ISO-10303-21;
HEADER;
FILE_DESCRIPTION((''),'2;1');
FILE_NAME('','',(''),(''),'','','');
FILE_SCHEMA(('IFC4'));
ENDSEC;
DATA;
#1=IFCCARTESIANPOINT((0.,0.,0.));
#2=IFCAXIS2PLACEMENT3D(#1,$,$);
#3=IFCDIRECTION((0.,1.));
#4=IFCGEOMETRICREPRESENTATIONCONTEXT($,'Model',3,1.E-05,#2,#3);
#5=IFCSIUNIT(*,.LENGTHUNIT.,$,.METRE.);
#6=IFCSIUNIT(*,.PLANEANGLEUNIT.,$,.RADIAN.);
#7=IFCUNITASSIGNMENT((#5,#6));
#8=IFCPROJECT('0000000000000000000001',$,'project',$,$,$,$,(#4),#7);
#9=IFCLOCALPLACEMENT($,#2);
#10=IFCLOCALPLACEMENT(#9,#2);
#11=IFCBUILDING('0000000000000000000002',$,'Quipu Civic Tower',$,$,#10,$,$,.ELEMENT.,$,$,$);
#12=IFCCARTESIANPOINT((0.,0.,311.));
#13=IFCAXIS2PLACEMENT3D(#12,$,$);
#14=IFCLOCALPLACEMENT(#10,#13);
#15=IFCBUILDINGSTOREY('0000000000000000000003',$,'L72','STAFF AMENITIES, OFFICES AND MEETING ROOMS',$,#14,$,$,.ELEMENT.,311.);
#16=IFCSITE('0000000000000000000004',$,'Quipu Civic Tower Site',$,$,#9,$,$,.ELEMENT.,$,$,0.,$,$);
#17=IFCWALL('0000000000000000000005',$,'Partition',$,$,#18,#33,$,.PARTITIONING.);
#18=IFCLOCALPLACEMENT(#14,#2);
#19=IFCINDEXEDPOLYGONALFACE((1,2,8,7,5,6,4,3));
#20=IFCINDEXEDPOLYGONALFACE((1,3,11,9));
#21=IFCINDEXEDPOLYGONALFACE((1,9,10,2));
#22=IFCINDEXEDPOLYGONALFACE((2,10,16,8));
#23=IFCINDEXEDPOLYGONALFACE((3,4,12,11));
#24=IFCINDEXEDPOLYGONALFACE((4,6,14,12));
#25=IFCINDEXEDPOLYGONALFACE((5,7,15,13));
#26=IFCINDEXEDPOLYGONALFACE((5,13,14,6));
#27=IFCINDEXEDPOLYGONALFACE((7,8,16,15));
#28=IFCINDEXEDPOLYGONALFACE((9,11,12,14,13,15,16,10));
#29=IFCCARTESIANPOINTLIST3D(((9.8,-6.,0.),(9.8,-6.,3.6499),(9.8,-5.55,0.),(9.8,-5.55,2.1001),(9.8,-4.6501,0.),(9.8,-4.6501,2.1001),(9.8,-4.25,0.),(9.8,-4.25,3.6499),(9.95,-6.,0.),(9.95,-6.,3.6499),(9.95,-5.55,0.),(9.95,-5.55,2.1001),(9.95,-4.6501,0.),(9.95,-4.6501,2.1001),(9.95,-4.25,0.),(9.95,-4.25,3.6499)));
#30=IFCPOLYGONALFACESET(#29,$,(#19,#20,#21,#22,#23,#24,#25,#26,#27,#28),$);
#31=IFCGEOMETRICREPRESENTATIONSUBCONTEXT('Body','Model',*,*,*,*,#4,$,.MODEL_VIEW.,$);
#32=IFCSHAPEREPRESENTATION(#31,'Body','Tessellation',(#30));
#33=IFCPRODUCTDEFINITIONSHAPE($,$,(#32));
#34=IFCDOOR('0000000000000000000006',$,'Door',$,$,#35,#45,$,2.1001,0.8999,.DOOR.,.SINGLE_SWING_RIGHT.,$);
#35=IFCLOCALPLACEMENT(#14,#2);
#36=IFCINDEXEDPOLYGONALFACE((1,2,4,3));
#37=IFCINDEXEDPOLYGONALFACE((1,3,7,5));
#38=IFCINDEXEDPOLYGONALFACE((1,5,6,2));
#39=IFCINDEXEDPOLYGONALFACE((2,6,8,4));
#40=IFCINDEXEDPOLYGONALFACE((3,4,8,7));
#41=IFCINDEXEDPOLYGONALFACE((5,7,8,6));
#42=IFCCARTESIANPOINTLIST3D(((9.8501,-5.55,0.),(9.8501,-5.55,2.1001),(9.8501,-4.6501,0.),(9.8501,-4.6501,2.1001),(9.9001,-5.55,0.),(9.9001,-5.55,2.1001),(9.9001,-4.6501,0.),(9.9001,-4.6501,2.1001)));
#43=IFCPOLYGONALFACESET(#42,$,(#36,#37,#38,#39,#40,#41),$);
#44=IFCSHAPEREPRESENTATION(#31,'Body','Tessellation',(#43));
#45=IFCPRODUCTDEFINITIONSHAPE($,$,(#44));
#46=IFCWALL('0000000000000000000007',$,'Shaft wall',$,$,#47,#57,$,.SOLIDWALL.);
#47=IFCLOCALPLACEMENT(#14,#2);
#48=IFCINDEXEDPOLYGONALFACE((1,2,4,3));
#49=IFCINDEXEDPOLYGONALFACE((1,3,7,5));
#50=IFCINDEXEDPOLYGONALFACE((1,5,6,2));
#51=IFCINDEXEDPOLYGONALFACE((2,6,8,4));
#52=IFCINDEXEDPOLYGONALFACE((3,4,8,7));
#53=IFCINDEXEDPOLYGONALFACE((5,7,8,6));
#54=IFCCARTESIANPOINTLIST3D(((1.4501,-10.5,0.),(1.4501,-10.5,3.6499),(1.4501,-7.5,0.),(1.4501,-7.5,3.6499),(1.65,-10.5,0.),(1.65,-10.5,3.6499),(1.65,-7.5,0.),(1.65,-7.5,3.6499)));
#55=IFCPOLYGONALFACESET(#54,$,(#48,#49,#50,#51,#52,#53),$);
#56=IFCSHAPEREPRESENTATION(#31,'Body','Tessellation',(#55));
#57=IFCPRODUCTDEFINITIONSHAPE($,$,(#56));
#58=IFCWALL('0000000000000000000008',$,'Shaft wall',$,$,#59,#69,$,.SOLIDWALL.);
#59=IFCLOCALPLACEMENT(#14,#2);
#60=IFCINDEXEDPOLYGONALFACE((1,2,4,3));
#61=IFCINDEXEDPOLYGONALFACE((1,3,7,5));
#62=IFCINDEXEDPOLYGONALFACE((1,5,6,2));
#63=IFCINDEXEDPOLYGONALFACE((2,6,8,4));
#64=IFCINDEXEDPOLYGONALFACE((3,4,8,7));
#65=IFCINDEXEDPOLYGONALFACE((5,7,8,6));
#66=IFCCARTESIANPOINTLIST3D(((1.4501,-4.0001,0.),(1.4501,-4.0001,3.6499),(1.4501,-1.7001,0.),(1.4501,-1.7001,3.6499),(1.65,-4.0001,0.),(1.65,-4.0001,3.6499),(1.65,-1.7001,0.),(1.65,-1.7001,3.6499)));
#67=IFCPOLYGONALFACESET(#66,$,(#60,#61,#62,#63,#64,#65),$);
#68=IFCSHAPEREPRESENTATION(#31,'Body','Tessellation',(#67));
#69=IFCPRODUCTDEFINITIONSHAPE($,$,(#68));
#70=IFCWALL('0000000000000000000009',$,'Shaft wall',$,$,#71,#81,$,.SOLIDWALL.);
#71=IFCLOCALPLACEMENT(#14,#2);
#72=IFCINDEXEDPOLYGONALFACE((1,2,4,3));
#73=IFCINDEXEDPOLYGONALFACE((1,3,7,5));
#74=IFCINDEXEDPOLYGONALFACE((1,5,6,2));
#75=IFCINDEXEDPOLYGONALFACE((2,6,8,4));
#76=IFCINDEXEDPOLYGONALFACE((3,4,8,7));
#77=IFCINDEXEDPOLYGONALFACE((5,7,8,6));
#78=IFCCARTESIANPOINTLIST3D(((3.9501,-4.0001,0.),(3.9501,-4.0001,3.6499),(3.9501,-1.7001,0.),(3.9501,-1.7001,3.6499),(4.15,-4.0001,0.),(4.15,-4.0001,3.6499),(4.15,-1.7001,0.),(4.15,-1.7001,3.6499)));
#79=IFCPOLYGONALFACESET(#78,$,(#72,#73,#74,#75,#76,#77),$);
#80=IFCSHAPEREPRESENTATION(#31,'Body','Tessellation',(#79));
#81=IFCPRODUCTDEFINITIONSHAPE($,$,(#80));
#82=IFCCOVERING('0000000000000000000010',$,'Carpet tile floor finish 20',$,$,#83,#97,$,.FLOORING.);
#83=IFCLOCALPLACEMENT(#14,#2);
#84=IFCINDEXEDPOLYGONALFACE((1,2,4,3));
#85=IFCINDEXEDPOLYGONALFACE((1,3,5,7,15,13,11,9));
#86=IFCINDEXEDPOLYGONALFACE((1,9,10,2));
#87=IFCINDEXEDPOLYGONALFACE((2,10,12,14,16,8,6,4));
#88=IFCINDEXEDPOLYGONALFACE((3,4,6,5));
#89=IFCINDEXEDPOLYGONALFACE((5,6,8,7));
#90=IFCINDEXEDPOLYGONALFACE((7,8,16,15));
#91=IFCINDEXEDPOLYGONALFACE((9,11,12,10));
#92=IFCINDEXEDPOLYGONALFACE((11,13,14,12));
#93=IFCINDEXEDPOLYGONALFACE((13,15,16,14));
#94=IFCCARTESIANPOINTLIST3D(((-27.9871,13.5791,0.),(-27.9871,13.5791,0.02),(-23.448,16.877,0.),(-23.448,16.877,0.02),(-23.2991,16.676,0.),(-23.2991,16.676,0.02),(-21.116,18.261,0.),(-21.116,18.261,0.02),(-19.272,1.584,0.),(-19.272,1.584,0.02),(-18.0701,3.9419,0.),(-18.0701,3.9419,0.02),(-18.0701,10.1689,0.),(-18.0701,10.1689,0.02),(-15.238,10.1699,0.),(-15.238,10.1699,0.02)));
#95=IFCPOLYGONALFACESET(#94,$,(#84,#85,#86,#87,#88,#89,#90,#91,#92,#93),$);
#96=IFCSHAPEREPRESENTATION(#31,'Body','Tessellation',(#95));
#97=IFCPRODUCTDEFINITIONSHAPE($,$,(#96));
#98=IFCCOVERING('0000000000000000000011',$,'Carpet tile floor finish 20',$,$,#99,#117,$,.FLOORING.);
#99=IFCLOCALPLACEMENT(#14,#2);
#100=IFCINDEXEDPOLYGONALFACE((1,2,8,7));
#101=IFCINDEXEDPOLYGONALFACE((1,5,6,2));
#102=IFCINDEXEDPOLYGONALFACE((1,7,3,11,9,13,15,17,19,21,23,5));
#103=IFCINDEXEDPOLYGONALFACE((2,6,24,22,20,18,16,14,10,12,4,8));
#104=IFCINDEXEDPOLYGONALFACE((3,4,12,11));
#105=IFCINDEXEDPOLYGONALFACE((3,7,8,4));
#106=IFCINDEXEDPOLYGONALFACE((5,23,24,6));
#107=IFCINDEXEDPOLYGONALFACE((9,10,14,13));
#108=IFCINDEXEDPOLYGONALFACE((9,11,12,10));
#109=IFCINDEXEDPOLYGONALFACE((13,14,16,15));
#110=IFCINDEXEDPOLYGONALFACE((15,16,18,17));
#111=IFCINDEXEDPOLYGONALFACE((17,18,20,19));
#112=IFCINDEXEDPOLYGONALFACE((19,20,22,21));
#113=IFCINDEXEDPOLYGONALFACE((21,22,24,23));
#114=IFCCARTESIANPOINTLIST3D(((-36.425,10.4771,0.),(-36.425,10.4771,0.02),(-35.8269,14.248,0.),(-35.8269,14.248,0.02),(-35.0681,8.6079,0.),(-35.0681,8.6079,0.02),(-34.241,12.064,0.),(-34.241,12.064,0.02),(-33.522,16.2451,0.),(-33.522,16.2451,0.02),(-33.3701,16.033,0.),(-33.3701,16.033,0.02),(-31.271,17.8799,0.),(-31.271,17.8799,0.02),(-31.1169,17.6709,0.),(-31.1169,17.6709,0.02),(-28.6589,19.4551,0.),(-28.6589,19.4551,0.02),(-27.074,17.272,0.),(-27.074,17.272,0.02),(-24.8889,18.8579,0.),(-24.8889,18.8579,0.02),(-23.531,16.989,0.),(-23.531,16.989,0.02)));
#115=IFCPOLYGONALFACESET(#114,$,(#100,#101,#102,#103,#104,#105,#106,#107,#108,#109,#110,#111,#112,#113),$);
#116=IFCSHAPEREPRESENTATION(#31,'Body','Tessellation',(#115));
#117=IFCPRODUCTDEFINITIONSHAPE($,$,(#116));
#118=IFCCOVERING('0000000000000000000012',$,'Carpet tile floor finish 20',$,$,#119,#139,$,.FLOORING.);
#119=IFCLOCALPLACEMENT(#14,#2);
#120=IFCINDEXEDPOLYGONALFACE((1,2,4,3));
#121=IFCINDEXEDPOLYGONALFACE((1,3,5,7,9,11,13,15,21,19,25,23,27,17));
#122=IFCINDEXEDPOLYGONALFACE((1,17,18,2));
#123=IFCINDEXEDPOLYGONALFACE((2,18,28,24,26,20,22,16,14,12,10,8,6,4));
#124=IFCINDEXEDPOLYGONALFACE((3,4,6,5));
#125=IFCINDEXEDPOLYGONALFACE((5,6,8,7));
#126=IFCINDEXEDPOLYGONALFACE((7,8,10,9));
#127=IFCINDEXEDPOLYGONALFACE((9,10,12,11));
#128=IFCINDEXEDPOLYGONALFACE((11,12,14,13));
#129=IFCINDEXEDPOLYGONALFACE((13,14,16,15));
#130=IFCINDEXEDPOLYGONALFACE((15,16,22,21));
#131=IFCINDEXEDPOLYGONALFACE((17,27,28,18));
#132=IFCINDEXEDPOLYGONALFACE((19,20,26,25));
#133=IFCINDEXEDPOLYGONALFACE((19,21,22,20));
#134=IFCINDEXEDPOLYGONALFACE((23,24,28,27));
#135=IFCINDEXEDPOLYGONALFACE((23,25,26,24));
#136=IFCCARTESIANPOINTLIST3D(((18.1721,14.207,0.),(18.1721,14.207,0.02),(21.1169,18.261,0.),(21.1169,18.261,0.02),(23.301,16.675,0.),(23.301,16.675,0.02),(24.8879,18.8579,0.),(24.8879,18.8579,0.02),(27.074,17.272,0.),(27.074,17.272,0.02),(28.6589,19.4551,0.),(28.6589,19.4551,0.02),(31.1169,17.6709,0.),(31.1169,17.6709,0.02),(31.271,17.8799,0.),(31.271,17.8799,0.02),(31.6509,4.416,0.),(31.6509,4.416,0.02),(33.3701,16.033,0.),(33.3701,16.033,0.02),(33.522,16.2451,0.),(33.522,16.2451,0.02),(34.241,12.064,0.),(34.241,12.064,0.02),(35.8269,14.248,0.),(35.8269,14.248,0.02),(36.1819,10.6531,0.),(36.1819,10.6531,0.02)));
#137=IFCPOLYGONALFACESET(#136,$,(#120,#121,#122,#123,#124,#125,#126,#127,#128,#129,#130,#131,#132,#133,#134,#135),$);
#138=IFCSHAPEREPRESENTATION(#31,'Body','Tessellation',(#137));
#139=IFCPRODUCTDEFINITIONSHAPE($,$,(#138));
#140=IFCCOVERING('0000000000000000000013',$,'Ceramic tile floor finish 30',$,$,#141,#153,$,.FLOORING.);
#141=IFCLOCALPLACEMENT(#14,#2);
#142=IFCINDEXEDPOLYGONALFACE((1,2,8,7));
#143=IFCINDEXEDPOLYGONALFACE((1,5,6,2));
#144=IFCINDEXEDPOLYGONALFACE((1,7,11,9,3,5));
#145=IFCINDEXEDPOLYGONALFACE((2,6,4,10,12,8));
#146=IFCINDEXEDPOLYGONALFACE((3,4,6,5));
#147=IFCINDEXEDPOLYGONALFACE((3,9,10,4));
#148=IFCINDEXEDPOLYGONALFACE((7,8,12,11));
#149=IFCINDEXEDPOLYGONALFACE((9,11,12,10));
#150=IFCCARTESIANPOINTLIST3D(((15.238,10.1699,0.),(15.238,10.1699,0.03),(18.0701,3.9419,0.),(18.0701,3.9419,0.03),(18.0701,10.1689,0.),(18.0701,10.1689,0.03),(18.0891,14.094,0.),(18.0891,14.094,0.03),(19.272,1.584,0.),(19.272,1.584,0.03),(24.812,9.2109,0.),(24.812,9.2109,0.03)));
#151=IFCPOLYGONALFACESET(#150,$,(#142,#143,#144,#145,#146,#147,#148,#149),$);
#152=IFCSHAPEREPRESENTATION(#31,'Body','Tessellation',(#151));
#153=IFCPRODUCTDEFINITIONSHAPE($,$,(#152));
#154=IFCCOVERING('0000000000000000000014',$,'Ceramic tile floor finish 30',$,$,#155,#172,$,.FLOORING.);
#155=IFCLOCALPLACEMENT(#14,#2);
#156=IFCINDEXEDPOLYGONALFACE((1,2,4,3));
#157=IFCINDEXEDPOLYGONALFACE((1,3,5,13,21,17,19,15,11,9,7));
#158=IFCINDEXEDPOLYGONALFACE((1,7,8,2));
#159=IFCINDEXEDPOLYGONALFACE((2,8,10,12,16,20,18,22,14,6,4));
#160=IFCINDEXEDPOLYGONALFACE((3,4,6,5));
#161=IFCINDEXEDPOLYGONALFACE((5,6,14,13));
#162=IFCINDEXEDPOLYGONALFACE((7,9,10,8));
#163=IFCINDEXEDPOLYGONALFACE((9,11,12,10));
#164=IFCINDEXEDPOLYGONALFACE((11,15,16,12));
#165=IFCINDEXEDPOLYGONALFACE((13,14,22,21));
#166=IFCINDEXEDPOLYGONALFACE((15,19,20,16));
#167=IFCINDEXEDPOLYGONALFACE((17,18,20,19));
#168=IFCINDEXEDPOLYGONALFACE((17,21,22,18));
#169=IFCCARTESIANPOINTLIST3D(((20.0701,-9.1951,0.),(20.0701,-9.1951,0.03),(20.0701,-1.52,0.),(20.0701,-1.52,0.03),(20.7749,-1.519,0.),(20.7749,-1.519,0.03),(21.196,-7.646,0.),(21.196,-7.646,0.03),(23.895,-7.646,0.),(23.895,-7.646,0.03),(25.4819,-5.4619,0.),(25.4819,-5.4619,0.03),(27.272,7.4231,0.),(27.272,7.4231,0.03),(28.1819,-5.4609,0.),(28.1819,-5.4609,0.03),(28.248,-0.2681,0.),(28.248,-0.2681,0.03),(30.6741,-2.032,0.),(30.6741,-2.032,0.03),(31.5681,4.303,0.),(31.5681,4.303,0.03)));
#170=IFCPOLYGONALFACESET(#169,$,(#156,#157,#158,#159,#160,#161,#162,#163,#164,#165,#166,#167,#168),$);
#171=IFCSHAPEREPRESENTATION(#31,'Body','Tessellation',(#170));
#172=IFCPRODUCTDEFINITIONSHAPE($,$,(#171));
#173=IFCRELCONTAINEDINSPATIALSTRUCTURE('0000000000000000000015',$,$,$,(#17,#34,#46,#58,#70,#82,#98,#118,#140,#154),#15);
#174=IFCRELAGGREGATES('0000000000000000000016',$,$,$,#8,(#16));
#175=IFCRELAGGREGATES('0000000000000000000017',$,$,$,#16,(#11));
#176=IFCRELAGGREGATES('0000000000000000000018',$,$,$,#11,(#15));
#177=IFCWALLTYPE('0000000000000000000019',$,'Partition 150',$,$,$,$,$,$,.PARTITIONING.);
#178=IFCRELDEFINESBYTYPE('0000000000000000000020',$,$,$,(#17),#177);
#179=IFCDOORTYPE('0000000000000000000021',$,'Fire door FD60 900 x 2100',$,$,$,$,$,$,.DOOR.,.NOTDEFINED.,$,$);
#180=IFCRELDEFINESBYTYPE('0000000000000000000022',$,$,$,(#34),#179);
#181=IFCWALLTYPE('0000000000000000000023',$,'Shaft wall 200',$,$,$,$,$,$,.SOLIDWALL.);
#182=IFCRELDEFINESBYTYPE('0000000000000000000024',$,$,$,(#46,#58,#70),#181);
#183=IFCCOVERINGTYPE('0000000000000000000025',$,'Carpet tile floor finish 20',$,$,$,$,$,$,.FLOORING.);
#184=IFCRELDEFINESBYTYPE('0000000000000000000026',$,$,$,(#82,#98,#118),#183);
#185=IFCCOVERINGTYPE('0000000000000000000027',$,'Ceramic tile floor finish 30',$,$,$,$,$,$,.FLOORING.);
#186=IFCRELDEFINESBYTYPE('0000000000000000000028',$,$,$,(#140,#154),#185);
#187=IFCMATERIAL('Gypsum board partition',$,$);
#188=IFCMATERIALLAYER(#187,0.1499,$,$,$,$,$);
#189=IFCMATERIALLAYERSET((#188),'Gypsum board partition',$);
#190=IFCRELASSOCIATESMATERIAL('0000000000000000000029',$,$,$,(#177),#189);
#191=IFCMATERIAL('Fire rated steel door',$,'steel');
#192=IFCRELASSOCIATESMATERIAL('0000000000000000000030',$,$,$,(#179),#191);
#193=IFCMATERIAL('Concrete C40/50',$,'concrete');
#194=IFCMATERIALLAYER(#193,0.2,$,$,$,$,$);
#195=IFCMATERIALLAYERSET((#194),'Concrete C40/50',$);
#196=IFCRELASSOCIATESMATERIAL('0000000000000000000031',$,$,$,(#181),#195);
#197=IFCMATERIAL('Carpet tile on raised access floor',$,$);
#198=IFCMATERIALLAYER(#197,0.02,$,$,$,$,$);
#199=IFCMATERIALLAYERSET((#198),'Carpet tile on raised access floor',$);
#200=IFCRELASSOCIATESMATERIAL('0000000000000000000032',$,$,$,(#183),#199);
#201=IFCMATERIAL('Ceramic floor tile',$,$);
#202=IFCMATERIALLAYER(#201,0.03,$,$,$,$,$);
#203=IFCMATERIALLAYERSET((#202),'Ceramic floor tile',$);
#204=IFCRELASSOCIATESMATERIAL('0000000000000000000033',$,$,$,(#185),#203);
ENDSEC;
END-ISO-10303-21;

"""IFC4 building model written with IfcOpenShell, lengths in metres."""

from ifc_helpers import new_model, si_unit, direction, frame, frame_2d, origin, place, context, subcontext, project, spatial, polyline, rectangle, outline, extrude, material, layer, layer_set, type_object, element, fill, save


model = new_model("IFC4")

# Units and contexts
model_context = context("Model", 3, precision=1e-05, world=origin(), true_north=direction((0.0, 1.0)))
body_context = subcontext(model_context, "Body", "Model", "MODEL_VIEW")
ifc_project = project(units=[si_unit("LENGTHUNIT", "METRE"), si_unit("PLANEANGLEUNIT", "RADIAN")], contexts=[model_context])

# Site, building, storey
site_placement = place(None, origin())
site = spatial("IfcSite", under=ifc_project, at=site_placement, Name="Quipu Civic Tower Site", CompositionType="ELEMENT", RefElevation=0.0)
building_placement = place(site_placement, origin())
building = spatial("IfcBuilding", under=site, at=building_placement, Name="Quipu Civic Tower", CompositionType="ELEMENT")
storey_placement = place(building_placement, frame((0.0, 0.0, 311.0)))
storey = spatial("IfcBuildingStorey", under=building, at=storey_placement, Name="L72", Description="STAFF AMENITIES, OFFICES AND MEETING ROOMS", CompositionType="ELEMENT", Elevation=311.0)

# Shared definitions
ifc_material_1 = material(Name="Gypsum board partition")
ifc_layer_1 = layer(ifc_material_1, 0.1499)
ifc_layer_set_1 = layer_set([ifc_layer_1], Name="Gypsum board partition")
wall_type_1 = type_object("IfcWallType", Name="Partition 150", PredefinedType="PARTITIONING", material=ifc_layer_set_1)

# Wall, opening, door
wall_1_placement = place(storey_placement, frame((9.875, -6.0, 0.0), z_axis=(0.0, 0.0, 1.0), x_axis=(0.0, 1.0, 0.0)))
wall_1 = element("IfcWall", 1, at=wall_1_placement, inside=storey, type_object=wall_type_1, Name="Partition", PredefinedType="PARTITIONING", context=body_context, shape_type="SweptSolid", body=[
    extrude(rectangle(XDim=1.75, YDim=0.1499, at=frame_2d((0.875, 0.0))), origin(), (0.0, 0.0, 1.0), 3.6499),
])
opening_1_placement = place(wall_1_placement, frame((0.45, 0.0, 0.0)))
opening_1 = element("IfcOpeningElement", 2, at=opening_1_placement, cuts=wall_1, PredefinedType="OPENING", context=body_context, shape_type="SweptSolid", body=[
    extrude(rectangle(XDim=0.8999, YDim=2.1001, at=frame_2d((0.45, 1.05))), frame((0.0, 0.085, 0.0), z_axis=(0.0, -1.0, 0.0), x_axis=(1.0, 0.0, 0.0)), (0.0, 0.0, 1.0), 0.1699),
])
ifc_material_2 = material(Name="Fire rated steel door", Category="steel")
door_type_1 = type_object("IfcDoorType", Name="Fire door FD60 900 x 2100", OperationType="NOTDEFINED", PredefinedType="DOOR", material=ifc_material_2)
door_1_placement = place(opening_1_placement, origin())
door_1 = element("IfcDoor", 3, at=door_1_placement, inside=storey, type_object=door_type_1, Name="Door", OperationType="SINGLE_SWING_RIGHT", OverallHeight=2.1001, OverallWidth=0.8999, PredefinedType="DOOR", context=body_context, shape_type="SweptSolid", body=[
    extrude(rectangle(XDim=0.8999, YDim=2.1001, at=frame_2d((0.45, 1.05))), frame((0.0, 0.0249, 0.0), z_axis=(0.0, -1.0, 0.0), x_axis=(1.0, 0.0, 0.0)), (0.0, 0.0, 1.0), 0.05),
])
fill(opening_1, door_1)

# Walls
ifc_material_3 = material(Name="Concrete C40/50", Category="concrete")
ifc_layer_2 = layer(ifc_material_3, 0.2)
ifc_layer_set_2 = layer_set([ifc_layer_2], Name="Concrete C40/50")
wall_type_2 = type_object("IfcWallType", Name="Shaft wall 200", PredefinedType="SOLIDWALL", material=ifc_layer_set_2)
wall_2_placement = place(storey_placement, frame((1.55, -10.5, 0.0), z_axis=(0.0, 0.0, 1.0), x_axis=(0.0, 1.0, 0.0)))
element("IfcWall", 4, at=wall_2_placement, inside=storey, type_object=wall_type_2, Name="Shaft wall", PredefinedType="SOLIDWALL", context=body_context, shape_type="SweptSolid", body=[
    extrude(rectangle(XDim=3.0, YDim=0.2, at=frame_2d((1.5, 0.0))), origin(), (0.0, 0.0, 1.0), 3.6499),
])
for number, where, z_axis, x_axis, name in (
    (5, (1.55, -4.0, 0.0), (0.0, 0.0, 1.0), (0.0, 1.0, 0.0), "Shaft wall"),
    (6, (4.05, -4.0, 0.0), (0.0, 0.0, 1.0), (0.0, 1.0, 0.0), "Shaft wall"),
):
    element("IfcWall", number, at=place(storey_placement, frame(where, z_axis=z_axis, x_axis=x_axis)), inside=storey, type_object=wall_type_2, Name=name, PredefinedType="SOLIDWALL", context=body_context, shape_type="SweptSolid", body=[
        extrude(rectangle(XDim=2.3, YDim=0.2, at=frame_2d((1.1499, 0.0))), origin(), (0.0, 0.0, 1.0), 3.6499),
    ])

# Coverings
ifc_material_4 = material(Name="Carpet tile on raised access floor")
ifc_layer_3 = layer(ifc_material_4, 0.02)
ifc_layer_set_3 = layer_set([ifc_layer_3], Name="Carpet tile on raised access floor")
covering_type_1 = type_object("IfcCoveringType", Name="Carpet tile floor finish 20", PredefinedType="FLOORING", material=ifc_layer_set_3)
covering_1_placement = place(storey_placement, origin())
element("IfcCovering", 7, at=covering_1_placement, inside=storey, type_object=covering_type_1, Name="Carpet tile floor finish 20", PredefinedType="FLOORING", context=body_context, shape_type="SweptSolid", body=[
    extrude(outline(polyline([(-27.9871, 13.5791), (-23.448, 16.877), (-23.2991, 16.676), (-21.116, 18.261), (-15.238, 10.1699), (-18.0701, 10.1689), (-18.0701, 3.9419), (-19.272, 1.584), (-27.9871, 13.5791)])), origin(), (0.0, 0.0, 1.0), 0.02),
])
covering_2_placement = place(storey_placement, origin())
element("IfcCovering", 8, at=covering_2_placement, inside=storey, type_object=covering_type_1, Name="Carpet tile floor finish 20", PredefinedType="FLOORING", context=body_context, shape_type="SweptSolid", body=[
    extrude(outline(polyline([(-36.425, 10.4771), (-34.241, 12.064), (-35.8269, 14.248), (-33.3701, 16.033), (-33.522, 16.2451), (-31.271, 17.8799), (-31.1169, 17.6709), (-28.6589, 19.4551), (-27.074, 17.272), (-24.8889, 18.8579), (-23.531, 16.989), (-35.0681, 8.6079), (-36.425, 10.4771)])), origin(), (0.0, 0.0, 1.0), 0.02),
])
covering_3_placement = place(storey_placement, origin())
element("IfcCovering", 9, at=covering_3_placement, inside=storey, type_object=covering_type_1, Name="Carpet tile floor finish 20", PredefinedType="FLOORING", context=body_context, shape_type="SweptSolid", body=[
    extrude(outline(polyline([(18.1721, 14.207), (21.1169, 18.261), (23.301, 16.675), (24.8879, 18.8579), (27.074, 17.272), (28.6589, 19.4551), (31.1169, 17.6709), (31.271, 17.8799), (33.522, 16.2451), (33.3701, 16.033), (35.8269, 14.248), (34.241, 12.064), (36.1819, 10.6531), (31.6509, 4.416), (18.1721, 14.207)])), origin(), (0.0, 0.0, 1.0), 0.02),
])
ifc_material_5 = material(Name="Ceramic floor tile")
ifc_layer_4 = layer(ifc_material_5, 0.03)
ifc_layer_set_4 = layer_set([ifc_layer_4], Name="Ceramic floor tile")
covering_type_2 = type_object("IfcCoveringType", Name="Ceramic tile floor finish 30", PredefinedType="FLOORING", material=ifc_layer_set_4)
covering_4_placement = place(storey_placement, origin())
element("IfcCovering", 10, at=covering_4_placement, inside=storey, type_object=covering_type_2, Name="Ceramic tile floor finish 30", PredefinedType="FLOORING", context=body_context, shape_type="SweptSolid", body=[
    extrude(outline(polyline([(15.238, 10.1699), (18.0891, 14.094), (24.812, 9.2109), (19.272, 1.584), (18.0701, 3.9419), (18.0701, 10.1689), (15.238, 10.1699)])), origin(), (0.0, 0.0, 1.0), 0.03),
])
covering_5_placement = place(storey_placement, origin())
element("IfcCovering", 11, at=covering_5_placement, inside=storey, type_object=covering_type_2, Name="Ceramic tile floor finish 30", PredefinedType="FLOORING", context=body_context, shape_type="SweptSolid", body=[
    extrude(outline(polyline([(20.0701, -9.1951), (20.0701, -1.52), (20.7749, -1.519), (27.272, 7.4231), (31.5681, 4.303), (28.248, -0.2681), (30.6741, -2.032), (28.1819, -5.4609), (25.4819, -5.4619), (23.895, -7.646), (21.196, -7.646), (20.0701, -9.1951)])), origin(), (0.0, 0.0, 1.0), 0.03),
])

save(model, "model.ifc")
